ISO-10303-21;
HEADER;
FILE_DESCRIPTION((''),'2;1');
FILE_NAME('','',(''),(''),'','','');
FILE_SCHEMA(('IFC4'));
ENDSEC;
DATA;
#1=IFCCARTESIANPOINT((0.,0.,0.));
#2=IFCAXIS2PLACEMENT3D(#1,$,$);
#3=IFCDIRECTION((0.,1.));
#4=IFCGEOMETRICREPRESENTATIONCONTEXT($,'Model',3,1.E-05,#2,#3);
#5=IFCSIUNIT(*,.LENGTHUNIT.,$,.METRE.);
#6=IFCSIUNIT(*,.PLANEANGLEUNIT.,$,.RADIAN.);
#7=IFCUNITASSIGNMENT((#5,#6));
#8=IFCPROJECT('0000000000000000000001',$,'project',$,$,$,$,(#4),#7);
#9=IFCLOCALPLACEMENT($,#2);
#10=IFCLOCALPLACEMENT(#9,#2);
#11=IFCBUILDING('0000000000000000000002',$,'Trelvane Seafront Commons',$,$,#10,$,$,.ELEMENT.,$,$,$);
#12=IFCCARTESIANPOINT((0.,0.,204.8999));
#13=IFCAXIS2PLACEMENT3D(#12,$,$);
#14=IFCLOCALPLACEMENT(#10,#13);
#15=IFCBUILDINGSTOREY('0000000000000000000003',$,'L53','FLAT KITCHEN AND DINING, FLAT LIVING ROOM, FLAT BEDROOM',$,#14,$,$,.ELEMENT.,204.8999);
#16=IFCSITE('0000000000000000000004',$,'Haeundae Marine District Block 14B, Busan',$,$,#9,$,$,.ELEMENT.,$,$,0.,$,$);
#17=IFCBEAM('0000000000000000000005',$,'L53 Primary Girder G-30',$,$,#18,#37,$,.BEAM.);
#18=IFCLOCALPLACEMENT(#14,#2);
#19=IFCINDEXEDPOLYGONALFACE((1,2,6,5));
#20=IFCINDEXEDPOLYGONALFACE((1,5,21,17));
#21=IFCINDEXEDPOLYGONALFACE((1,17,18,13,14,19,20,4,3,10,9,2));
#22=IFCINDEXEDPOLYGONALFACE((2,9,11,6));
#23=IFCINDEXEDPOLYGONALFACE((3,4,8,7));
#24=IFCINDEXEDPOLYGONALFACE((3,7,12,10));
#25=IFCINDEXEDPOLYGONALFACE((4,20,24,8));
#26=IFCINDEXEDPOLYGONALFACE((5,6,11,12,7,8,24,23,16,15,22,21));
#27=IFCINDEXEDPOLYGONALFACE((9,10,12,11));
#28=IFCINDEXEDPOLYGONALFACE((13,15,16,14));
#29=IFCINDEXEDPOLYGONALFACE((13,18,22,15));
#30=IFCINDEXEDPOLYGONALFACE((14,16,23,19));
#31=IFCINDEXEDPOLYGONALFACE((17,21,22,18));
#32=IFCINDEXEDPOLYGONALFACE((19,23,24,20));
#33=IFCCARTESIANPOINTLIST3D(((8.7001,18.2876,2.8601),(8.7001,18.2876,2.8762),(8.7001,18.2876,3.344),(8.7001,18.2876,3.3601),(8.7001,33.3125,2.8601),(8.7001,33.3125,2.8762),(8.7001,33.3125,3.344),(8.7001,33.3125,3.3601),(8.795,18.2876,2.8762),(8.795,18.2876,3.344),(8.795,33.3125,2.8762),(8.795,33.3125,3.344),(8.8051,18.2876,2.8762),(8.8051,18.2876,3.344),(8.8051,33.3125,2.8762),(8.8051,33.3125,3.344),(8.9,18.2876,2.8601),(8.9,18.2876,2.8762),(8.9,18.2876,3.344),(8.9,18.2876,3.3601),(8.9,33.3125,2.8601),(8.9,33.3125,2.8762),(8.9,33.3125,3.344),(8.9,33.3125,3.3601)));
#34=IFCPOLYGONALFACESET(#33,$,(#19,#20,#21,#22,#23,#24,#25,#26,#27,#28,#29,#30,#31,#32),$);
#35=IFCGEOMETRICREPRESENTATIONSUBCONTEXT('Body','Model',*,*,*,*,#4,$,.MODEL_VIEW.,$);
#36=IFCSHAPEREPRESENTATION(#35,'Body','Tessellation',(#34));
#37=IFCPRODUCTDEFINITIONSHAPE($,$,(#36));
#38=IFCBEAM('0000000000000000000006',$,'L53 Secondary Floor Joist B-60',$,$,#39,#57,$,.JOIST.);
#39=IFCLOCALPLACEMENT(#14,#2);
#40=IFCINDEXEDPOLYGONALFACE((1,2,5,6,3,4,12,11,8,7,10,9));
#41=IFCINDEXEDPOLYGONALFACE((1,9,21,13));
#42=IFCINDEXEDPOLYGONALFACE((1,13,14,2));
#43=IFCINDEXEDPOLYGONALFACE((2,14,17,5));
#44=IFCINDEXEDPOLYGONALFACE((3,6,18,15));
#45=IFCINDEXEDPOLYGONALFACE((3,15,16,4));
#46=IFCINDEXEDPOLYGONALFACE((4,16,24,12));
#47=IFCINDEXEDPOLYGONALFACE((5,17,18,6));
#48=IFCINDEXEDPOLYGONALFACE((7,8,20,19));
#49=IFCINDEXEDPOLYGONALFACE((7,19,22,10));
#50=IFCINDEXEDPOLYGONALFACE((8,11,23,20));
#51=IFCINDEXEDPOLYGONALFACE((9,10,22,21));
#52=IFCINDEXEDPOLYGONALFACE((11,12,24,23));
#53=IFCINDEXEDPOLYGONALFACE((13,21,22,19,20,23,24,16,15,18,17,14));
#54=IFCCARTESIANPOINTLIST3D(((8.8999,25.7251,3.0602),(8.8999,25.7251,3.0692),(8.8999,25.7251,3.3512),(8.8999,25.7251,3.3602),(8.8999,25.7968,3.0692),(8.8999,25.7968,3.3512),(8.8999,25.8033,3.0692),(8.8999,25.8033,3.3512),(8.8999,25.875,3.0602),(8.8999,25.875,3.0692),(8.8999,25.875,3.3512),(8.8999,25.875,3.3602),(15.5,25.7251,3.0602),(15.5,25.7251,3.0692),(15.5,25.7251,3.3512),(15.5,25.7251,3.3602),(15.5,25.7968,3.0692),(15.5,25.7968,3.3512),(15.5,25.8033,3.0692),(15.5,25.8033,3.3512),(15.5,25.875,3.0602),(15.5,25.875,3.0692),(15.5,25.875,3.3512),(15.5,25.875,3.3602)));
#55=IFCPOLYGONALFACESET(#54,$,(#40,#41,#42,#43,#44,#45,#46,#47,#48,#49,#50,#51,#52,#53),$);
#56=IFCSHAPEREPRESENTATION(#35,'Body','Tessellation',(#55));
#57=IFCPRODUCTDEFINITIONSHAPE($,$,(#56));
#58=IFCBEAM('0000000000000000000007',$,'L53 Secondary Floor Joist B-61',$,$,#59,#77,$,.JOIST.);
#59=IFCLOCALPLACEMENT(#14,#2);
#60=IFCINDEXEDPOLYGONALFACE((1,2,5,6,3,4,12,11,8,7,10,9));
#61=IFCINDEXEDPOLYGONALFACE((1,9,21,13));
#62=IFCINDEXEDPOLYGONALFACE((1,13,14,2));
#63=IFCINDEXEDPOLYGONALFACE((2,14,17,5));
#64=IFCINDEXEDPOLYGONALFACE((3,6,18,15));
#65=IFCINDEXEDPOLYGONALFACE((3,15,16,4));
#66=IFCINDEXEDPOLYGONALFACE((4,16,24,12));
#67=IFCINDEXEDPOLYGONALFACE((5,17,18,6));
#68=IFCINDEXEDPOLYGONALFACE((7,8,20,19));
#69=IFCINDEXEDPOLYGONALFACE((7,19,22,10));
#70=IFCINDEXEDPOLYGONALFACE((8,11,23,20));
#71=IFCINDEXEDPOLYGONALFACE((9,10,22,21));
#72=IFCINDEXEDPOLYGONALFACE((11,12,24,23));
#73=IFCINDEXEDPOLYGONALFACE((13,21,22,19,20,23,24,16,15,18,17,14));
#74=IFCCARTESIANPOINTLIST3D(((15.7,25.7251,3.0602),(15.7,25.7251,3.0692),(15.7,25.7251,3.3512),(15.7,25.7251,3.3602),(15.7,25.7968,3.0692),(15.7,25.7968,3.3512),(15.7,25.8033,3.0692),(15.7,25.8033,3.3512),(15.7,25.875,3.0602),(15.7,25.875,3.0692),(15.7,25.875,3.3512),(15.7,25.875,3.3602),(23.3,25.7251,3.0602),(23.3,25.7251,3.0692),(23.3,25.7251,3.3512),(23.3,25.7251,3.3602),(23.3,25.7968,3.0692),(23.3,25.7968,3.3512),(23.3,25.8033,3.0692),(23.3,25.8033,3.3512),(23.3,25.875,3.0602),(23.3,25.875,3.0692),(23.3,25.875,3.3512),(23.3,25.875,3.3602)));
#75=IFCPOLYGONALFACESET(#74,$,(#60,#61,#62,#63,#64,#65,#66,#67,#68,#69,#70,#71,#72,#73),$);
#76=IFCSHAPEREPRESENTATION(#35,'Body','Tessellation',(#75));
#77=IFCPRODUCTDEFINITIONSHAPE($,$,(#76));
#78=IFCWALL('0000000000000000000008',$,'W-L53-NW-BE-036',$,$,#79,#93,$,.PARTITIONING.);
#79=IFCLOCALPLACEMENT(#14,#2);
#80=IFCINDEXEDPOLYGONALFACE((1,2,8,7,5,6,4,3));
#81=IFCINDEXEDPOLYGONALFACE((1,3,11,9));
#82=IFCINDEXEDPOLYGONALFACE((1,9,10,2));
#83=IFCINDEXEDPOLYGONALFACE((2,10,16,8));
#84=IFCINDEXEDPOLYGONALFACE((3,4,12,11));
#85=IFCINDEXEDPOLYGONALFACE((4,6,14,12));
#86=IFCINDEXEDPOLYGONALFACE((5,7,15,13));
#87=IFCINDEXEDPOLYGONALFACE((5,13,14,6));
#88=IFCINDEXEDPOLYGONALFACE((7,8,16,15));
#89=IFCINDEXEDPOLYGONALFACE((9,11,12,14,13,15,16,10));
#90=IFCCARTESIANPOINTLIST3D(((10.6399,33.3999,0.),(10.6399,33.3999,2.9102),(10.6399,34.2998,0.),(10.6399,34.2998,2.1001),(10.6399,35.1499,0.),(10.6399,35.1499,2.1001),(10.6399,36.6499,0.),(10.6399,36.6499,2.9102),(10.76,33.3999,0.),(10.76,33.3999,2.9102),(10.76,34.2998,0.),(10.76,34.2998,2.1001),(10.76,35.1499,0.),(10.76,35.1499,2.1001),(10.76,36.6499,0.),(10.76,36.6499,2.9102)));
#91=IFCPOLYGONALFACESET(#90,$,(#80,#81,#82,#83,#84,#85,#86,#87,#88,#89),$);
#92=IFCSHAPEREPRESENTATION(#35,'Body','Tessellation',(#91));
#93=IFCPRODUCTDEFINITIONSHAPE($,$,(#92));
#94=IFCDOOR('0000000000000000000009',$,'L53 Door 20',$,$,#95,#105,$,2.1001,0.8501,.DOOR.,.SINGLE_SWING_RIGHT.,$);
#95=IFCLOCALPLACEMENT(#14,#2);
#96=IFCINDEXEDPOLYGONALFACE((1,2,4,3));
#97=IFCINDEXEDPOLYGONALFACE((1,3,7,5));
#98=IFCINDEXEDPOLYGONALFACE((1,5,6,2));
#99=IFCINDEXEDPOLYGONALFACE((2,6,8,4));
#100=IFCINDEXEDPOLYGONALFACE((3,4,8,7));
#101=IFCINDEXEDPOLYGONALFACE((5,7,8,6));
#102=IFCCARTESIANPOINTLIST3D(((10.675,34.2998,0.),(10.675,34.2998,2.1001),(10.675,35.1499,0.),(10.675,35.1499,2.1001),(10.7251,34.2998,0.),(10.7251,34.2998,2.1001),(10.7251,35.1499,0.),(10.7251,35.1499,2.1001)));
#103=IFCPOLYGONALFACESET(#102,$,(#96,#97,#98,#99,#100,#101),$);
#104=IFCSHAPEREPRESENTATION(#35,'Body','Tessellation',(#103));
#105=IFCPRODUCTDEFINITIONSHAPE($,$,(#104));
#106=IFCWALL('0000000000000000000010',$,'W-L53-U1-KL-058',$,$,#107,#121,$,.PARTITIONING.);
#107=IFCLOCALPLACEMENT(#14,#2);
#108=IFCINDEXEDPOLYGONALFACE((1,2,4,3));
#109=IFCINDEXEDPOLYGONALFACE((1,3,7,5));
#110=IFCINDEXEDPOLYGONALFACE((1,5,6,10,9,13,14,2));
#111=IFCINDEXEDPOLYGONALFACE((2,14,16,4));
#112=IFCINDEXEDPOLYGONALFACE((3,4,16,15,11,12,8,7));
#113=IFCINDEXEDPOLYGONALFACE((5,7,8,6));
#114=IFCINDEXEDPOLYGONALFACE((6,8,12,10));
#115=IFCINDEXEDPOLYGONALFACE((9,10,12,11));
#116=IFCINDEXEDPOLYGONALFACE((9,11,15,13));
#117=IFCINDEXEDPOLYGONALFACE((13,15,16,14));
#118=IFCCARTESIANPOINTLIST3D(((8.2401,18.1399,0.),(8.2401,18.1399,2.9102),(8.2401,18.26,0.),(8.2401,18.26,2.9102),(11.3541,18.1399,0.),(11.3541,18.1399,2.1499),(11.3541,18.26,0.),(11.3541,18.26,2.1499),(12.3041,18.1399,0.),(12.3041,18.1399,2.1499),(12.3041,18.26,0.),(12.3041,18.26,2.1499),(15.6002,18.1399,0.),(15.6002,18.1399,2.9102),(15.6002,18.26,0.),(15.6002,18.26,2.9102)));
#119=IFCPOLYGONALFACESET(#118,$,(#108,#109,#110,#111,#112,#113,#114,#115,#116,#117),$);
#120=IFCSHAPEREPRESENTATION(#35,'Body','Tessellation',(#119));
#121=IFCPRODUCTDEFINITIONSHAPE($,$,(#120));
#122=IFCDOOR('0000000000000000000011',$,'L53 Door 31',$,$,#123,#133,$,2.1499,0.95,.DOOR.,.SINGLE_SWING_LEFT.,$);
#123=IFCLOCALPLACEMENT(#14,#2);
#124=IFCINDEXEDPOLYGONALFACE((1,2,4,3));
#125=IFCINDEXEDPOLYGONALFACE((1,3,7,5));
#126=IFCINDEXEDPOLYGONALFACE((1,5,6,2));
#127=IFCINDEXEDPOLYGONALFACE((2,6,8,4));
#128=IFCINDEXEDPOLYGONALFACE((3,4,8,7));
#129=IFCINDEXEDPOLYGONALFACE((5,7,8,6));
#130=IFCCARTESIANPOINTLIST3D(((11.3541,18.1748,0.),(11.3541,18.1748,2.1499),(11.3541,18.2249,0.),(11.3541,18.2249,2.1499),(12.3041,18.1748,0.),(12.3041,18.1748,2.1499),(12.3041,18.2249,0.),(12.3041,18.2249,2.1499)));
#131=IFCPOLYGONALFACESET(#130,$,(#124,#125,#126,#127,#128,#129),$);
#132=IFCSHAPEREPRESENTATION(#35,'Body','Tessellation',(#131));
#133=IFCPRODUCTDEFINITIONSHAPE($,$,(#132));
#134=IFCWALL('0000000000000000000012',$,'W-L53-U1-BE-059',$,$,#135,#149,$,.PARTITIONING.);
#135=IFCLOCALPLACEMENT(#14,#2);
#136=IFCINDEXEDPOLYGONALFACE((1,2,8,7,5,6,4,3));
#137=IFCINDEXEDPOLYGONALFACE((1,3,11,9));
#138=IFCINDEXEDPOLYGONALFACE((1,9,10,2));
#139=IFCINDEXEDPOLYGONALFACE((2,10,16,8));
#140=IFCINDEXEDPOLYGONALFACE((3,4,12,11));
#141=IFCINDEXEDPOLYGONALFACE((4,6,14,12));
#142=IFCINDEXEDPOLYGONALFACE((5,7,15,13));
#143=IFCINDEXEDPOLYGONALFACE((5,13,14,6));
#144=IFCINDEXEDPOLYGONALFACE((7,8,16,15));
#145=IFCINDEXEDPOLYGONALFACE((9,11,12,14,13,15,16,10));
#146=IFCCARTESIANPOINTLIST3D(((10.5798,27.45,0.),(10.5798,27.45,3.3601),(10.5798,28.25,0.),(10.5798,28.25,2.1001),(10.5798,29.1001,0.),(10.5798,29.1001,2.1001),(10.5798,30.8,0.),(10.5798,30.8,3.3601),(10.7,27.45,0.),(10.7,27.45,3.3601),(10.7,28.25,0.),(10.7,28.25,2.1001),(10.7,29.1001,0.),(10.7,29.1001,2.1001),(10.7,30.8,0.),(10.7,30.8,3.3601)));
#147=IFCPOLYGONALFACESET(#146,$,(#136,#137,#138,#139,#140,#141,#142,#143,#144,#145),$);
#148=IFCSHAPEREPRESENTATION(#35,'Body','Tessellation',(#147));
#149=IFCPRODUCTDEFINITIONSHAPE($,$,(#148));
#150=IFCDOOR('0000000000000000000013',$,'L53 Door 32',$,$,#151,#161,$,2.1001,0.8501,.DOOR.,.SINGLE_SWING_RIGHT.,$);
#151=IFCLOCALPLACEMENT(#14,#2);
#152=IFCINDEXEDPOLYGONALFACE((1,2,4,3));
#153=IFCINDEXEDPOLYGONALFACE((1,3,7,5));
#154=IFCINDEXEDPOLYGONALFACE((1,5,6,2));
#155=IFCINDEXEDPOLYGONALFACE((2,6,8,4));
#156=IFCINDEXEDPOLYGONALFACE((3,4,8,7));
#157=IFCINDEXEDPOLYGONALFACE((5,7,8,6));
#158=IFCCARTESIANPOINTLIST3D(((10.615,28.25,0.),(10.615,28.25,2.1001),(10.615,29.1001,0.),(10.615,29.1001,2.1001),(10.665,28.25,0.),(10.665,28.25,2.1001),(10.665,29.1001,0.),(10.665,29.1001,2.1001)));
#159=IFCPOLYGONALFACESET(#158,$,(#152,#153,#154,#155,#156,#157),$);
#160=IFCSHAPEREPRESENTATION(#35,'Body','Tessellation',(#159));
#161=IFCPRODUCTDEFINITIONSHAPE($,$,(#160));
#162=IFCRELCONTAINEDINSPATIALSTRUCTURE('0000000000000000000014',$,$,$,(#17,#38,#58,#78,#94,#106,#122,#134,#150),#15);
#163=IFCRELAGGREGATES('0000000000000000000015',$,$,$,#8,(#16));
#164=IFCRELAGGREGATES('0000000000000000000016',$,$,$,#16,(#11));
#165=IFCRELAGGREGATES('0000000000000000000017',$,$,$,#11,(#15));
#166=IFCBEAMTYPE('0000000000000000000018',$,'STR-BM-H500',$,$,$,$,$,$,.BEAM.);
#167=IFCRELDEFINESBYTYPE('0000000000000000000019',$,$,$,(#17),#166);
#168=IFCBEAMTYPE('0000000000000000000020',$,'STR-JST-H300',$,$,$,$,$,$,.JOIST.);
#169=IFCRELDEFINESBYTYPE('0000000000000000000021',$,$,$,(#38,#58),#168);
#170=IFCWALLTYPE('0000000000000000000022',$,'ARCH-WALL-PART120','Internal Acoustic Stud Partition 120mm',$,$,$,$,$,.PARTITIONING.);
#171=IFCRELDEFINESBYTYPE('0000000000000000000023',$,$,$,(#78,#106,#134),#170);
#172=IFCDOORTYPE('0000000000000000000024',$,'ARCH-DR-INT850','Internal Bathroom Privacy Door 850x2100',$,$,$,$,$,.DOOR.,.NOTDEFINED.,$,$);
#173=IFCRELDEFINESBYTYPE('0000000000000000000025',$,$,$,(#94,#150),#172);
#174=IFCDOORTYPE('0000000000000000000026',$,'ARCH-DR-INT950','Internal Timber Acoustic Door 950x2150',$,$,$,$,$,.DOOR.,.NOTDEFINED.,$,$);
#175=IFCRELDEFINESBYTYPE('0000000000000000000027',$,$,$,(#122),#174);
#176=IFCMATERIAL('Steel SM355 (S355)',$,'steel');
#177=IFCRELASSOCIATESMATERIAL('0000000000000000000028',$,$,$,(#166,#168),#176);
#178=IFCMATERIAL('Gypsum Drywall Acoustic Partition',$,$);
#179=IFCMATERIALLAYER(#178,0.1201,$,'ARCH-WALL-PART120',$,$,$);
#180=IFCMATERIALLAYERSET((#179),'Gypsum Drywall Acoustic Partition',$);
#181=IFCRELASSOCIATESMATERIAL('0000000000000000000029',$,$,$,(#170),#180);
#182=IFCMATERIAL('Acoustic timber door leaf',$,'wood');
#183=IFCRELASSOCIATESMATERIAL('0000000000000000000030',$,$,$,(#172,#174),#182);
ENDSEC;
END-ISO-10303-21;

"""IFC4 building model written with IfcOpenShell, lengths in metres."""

from ifc_helpers import new_model, si_unit, direction, frame, frame_2d, origin, origin_2d, place, context, subcontext, project, spatial, rectangle, i_section, extrude, source, transform, mapped, material, layer, layer_set, material_profile, profile_set, type_object, element, fill, save


model = new_model("IFC4")

# Units and contexts
model_context = context("Model", 3, precision=1e-05, world=origin(), true_north=direction((0.0, 1.0)))
body_context = subcontext(model_context, "Body", "Model", "MODEL_VIEW")
ifc_project = project(units=[si_unit("LENGTHUNIT", "METRE"), si_unit("PLANEANGLEUNIT", "RADIAN")], contexts=[model_context])

# Site, building, storey
site_placement = place(None, origin())
site = spatial("IfcSite", under=ifc_project, at=site_placement, Name="Haeundae Marine District Block 14B, Busan", CompositionType="ELEMENT", RefElevation=0.0)
building_placement = place(site_placement, origin())
building = spatial("IfcBuilding", under=site, at=building_placement, Name="Trelvane Seafront Commons", CompositionType="ELEMENT")
storey_placement = place(building_placement, frame((0.0, 0.0, 204.8999)))
storey = spatial("IfcBuildingStorey", under=building, at=storey_placement, Name="L53", Description="FLAT KITCHEN AND DINING, FLAT LIVING ROOM, FLAT BEDROOM", CompositionType="ELEMENT", Elevation=204.8999)

# Shared definitions
ifc_material_1 = material(Name="Steel SM355 (S355)", Category="steel")

# Beams
ifc_material_profile_1 = material_profile(ifc_material_1, i_section(OverallWidth=0.2, OverallDepth=0.5, WebThickness=0.01, FlangeThickness=0.0161, at=origin_2d()), Name="H-500x200x10x16")
ifc_profile_set_1 = profile_set([ifc_material_profile_1], Name="Steel SM355 (S355)")
beam_type_1 = type_object("IfcBeamType", Name="STR-BM-H500", PredefinedType="BEAM", material=ifc_profile_set_1)
shared_shape_1 = source(origin(), body_context, "Body", "SweptSolid", [
    extrude(i_section(OverallWidth=0.2, OverallDepth=0.5, WebThickness=0.01, FlangeThickness=0.0161, at=origin_2d()), origin(), (0.0, 0.0, 1.0), 15.0249),
])
beam_1_placement = place(storey_placement, frame((8.8, 18.2876, 3.1101), z_axis=(0.0, 1.0, 0.0), x_axis=(-1.0, 0.0, 0.0)))
element("IfcBeam", 1, at=beam_1_placement, inside=storey, type_object=beam_type_1, Name="L53 Primary Girder G-30", PredefinedType="BEAM", context=body_context, shape_type="MappedRepresentation", body=[
    mapped(shared_shape_1, transform((0.0, 0.0, 0.0), x_axis=(1.0, 0.0, 0.0), y_axis=(0.0, 1.0, 0.0), z_axis=(0.0, 0.0, 1.0), scale=1.0)),
])
ifc_material_profile_2 = material_profile(ifc_material_1, i_section(OverallWidth=0.1499, OverallDepth=0.3, WebThickness=0.0066, FlangeThickness=0.009, at=origin_2d()), Name="H-300x150x6.5x9")
ifc_profile_set_2 = profile_set([ifc_material_profile_2], Name="Steel SM355 (S355)")
beam_type_2 = type_object("IfcBeamType", Name="STR-JST-H300", PredefinedType="JOIST", material=ifc_profile_set_2)
shared_shape_2 = source(origin(), body_context, "Body", "SweptSolid", [
    extrude(i_section(OverallWidth=0.1499, OverallDepth=0.3, WebThickness=0.0066, FlangeThickness=0.009, at=origin_2d()), origin(), (0.0, 0.0, 1.0), 6.6001),
])
beam_2_placement = place(storey_placement, frame((8.8999, 25.8, 3.2102), z_axis=(1.0, 0.0, 0.0), x_axis=(0.0, 1.0, 0.0)))
element("IfcBeam", 2, at=beam_2_placement, inside=storey, type_object=beam_type_2, Name="L53 Secondary Floor Joist B-60", PredefinedType="JOIST", context=body_context, shape_type="MappedRepresentation", body=[
    mapped(shared_shape_2, transform((0.0, 0.0, 0.0), x_axis=(1.0, 0.0, 0.0), y_axis=(0.0, 1.0, 0.0), z_axis=(0.0, 0.0, 1.0), scale=1.0)),
])
shared_shape_3 = source(origin(), body_context, "Body", "SweptSolid", [
    extrude(i_section(OverallWidth=0.1499, OverallDepth=0.3, WebThickness=0.0066, FlangeThickness=0.009, at=origin_2d()), origin(), (0.0, 0.0, 1.0), 7.6001),
])
beam_3_placement = place(storey_placement, frame((15.7, 25.8, 3.2102), z_axis=(1.0, 0.0, 0.0), x_axis=(0.0, 1.0, 0.0)))
element("IfcBeam", 3, at=beam_3_placement, inside=storey, type_object=beam_type_2, Name="L53 Secondary Floor Joist B-61", PredefinedType="JOIST", context=body_context, shape_type="MappedRepresentation", body=[
    mapped(shared_shape_3, transform((0.0, 0.0, 0.0), x_axis=(1.0, 0.0, 0.0), y_axis=(0.0, 1.0, 0.0), z_axis=(0.0, 0.0, 1.0), scale=1.0)),
])

# Walls, openings, doors
ifc_material_2 = material(Name="Gypsum Drywall Acoustic Partition")
ifc_layer_1 = layer(ifc_material_2, 0.1201, Name="ARCH-WALL-PART120")
ifc_layer_set_1 = layer_set([ifc_layer_1], Name="Gypsum Drywall Acoustic Partition")
wall_type_1 = type_object("IfcWallType", Name="ARCH-WALL-PART120", Description="Internal Acoustic Stud Partition 120mm", PredefinedType="PARTITIONING", material=ifc_layer_set_1)
wall_1_placement = place(storey_placement, frame((10.7, 33.3999, 0.0), z_axis=(0.0, 0.0, 1.0), x_axis=(0.0, 1.0, 0.0)))
wall_1 = element("IfcWall", 4, at=wall_1_placement, inside=storey, type_object=wall_type_1, Name="W-L53-NW-BE-036", PredefinedType="PARTITIONING", context=body_context, shape_type="SweptSolid", body=[
    extrude(rectangle(XDim=3.25, YDim=0.1201, at=frame_2d((1.625, 0.0))), origin(), (0.0, 0.0, 1.0), 2.9102),
])
opening_1_placement = place(wall_1_placement, frame((0.8999, 0.0, 0.0)))
opening_1 = element("IfcOpeningElement", 5, at=opening_1_placement, cuts=wall_1, PredefinedType="OPENING", context=body_context, shape_type="SweptSolid", body=[
    extrude(rectangle(XDim=0.8501, YDim=2.1001, at=frame_2d((0.425, 1.05))), frame((0.0, 0.0701, 0.0), z_axis=(0.0, -1.0, 0.0), x_axis=(1.0, 0.0, 0.0)), (0.0, 0.0, 1.0), 0.1401),
])
ifc_material_3 = material(Name="Acoustic timber door leaf", Category="wood")
door_type_1 = type_object("IfcDoorType", Name="ARCH-DR-INT850", Description="Internal Bathroom Privacy Door 850x2100", OperationType="NOTDEFINED", PredefinedType="DOOR", material=ifc_material_3)
shared_shape_4 = source(origin(), body_context, "Body", "SweptSolid", [
    extrude(rectangle(XDim=0.8501, YDim=2.1001, at=frame_2d((0.425, 1.05))), frame((0.0, 0.0249, 0.0), z_axis=(0.0, -1.0, 0.0), x_axis=(1.0, 0.0, 0.0)), (0.0, 0.0, 1.0), 0.05),
])
door_1_placement = place(opening_1_placement, origin())
door_1 = element("IfcDoor", 6, at=door_1_placement, inside=storey, type_object=door_type_1, Name="L53 Door 20", OperationType="SINGLE_SWING_RIGHT", OverallHeight=2.1001, OverallWidth=0.8501, PredefinedType="DOOR", context=body_context, shape_type="MappedRepresentation", body=[
    mapped(shared_shape_4, transform((0.0, 0.0, 0.0), x_axis=(1.0, 0.0, 0.0), y_axis=(0.0, 1.0, 0.0), z_axis=(0.0, 0.0, 1.0), scale=1.0)),
])
fill(opening_1, door_1)
wall_2_placement = place(storey_placement, frame((8.24, 18.2, 0.0), z_axis=(0.0, 0.0, 1.0), x_axis=(1.0, 0.0, 0.0)))
wall_2 = element("IfcWall", 7, at=wall_2_placement, inside=storey, type_object=wall_type_1, Name="W-L53-U1-KL-058", PredefinedType="PARTITIONING", context=body_context, shape_type="SweptSolid", body=[
    extrude(rectangle(XDim=7.3601, YDim=0.1201, at=frame_2d((3.6802, 0.0))), origin(), (0.0, 0.0, 1.0), 2.9102),
])
opening_2_placement = place(wall_2_placement, frame((3.114, 0.0, 0.0)))
opening_2 = element("IfcOpeningElement", 8, at=opening_2_placement, cuts=wall_2, PredefinedType="OPENING", context=body_context, shape_type="SweptSolid", body=[
    extrude(rectangle(XDim=0.95, YDim=2.1499, at=frame_2d((0.4751, 1.075))), frame((0.0, 0.0701, 0.0), z_axis=(0.0, -1.0, 0.0), x_axis=(1.0, 0.0, 0.0)), (0.0, 0.0, 1.0), 0.1401),
])
door_type_2 = type_object("IfcDoorType", Name="ARCH-DR-INT950", Description="Internal Timber Acoustic Door 950x2150", OperationType="NOTDEFINED", PredefinedType="DOOR", material=ifc_material_3)
shared_shape_5 = source(origin(), body_context, "Body", "SweptSolid", [
    extrude(rectangle(XDim=0.95, YDim=2.1499, at=frame_2d((0.4751, 1.075))), frame((0.0, 0.0249, 0.0), z_axis=(0.0, -1.0, 0.0), x_axis=(1.0, 0.0, 0.0)), (0.0, 0.0, 1.0), 0.05),
])
door_2_placement = place(opening_2_placement, origin())
door_2 = element("IfcDoor", 9, at=door_2_placement, inside=storey, type_object=door_type_2, Name="L53 Door 31", OperationType="SINGLE_SWING_LEFT", OverallHeight=2.1499, OverallWidth=0.95, PredefinedType="DOOR", context=body_context, shape_type="MappedRepresentation", body=[
    mapped(shared_shape_5, transform((0.0, 0.0, 0.0), x_axis=(1.0, 0.0, 0.0), y_axis=(0.0, 1.0, 0.0), z_axis=(0.0, 0.0, 1.0), scale=1.0)),
])
fill(opening_2, door_2)
wall_3_placement = place(storey_placement, frame((10.6399, 27.45, 0.0), z_axis=(0.0, 0.0, 1.0), x_axis=(0.0, 1.0, 0.0)))
wall_3 = element("IfcWall", 10, at=wall_3_placement, inside=storey, type_object=wall_type_1, Name="W-L53-U1-BE-059", PredefinedType="PARTITIONING", context=body_context, shape_type="SweptSolid", body=[
    extrude(rectangle(XDim=3.3501, YDim=0.1201, at=frame_2d((1.675, 0.0))), origin(), (0.0, 0.0, 1.0), 3.3601),
])
opening_3_placement = place(wall_3_placement, frame((0.8, 0.0, 0.0)))
opening_3 = element("IfcOpeningElement", 11, at=opening_3_placement, cuts=wall_3, PredefinedType="OPENING", context=body_context, shape_type="SweptSolid", body=[
    extrude(rectangle(XDim=0.8501, YDim=2.1001, at=frame_2d((0.425, 1.05))), frame((0.0, 0.0701, 0.0), z_axis=(0.0, -1.0, 0.0), x_axis=(1.0, 0.0, 0.0)), (0.0, 0.0, 1.0), 0.1401),
])
door_3_placement = place(opening_3_placement, origin())
door_3 = element("IfcDoor", 12, at=door_3_placement, inside=storey, type_object=door_type_1, Name="L53 Door 32", OperationType="SINGLE_SWING_RIGHT", OverallHeight=2.1001, OverallWidth=0.8501, PredefinedType="DOOR", context=body_context, shape_type="MappedRepresentation", body=[
    mapped(shared_shape_4, transform((0.0, 0.0, 0.0), x_axis=(1.0, 0.0, 0.0), y_axis=(0.0, 1.0, 0.0), z_axis=(0.0, 0.0, 1.0), scale=1.0)),
])
fill(opening_3, door_3)

save(model, "model.ifc")
